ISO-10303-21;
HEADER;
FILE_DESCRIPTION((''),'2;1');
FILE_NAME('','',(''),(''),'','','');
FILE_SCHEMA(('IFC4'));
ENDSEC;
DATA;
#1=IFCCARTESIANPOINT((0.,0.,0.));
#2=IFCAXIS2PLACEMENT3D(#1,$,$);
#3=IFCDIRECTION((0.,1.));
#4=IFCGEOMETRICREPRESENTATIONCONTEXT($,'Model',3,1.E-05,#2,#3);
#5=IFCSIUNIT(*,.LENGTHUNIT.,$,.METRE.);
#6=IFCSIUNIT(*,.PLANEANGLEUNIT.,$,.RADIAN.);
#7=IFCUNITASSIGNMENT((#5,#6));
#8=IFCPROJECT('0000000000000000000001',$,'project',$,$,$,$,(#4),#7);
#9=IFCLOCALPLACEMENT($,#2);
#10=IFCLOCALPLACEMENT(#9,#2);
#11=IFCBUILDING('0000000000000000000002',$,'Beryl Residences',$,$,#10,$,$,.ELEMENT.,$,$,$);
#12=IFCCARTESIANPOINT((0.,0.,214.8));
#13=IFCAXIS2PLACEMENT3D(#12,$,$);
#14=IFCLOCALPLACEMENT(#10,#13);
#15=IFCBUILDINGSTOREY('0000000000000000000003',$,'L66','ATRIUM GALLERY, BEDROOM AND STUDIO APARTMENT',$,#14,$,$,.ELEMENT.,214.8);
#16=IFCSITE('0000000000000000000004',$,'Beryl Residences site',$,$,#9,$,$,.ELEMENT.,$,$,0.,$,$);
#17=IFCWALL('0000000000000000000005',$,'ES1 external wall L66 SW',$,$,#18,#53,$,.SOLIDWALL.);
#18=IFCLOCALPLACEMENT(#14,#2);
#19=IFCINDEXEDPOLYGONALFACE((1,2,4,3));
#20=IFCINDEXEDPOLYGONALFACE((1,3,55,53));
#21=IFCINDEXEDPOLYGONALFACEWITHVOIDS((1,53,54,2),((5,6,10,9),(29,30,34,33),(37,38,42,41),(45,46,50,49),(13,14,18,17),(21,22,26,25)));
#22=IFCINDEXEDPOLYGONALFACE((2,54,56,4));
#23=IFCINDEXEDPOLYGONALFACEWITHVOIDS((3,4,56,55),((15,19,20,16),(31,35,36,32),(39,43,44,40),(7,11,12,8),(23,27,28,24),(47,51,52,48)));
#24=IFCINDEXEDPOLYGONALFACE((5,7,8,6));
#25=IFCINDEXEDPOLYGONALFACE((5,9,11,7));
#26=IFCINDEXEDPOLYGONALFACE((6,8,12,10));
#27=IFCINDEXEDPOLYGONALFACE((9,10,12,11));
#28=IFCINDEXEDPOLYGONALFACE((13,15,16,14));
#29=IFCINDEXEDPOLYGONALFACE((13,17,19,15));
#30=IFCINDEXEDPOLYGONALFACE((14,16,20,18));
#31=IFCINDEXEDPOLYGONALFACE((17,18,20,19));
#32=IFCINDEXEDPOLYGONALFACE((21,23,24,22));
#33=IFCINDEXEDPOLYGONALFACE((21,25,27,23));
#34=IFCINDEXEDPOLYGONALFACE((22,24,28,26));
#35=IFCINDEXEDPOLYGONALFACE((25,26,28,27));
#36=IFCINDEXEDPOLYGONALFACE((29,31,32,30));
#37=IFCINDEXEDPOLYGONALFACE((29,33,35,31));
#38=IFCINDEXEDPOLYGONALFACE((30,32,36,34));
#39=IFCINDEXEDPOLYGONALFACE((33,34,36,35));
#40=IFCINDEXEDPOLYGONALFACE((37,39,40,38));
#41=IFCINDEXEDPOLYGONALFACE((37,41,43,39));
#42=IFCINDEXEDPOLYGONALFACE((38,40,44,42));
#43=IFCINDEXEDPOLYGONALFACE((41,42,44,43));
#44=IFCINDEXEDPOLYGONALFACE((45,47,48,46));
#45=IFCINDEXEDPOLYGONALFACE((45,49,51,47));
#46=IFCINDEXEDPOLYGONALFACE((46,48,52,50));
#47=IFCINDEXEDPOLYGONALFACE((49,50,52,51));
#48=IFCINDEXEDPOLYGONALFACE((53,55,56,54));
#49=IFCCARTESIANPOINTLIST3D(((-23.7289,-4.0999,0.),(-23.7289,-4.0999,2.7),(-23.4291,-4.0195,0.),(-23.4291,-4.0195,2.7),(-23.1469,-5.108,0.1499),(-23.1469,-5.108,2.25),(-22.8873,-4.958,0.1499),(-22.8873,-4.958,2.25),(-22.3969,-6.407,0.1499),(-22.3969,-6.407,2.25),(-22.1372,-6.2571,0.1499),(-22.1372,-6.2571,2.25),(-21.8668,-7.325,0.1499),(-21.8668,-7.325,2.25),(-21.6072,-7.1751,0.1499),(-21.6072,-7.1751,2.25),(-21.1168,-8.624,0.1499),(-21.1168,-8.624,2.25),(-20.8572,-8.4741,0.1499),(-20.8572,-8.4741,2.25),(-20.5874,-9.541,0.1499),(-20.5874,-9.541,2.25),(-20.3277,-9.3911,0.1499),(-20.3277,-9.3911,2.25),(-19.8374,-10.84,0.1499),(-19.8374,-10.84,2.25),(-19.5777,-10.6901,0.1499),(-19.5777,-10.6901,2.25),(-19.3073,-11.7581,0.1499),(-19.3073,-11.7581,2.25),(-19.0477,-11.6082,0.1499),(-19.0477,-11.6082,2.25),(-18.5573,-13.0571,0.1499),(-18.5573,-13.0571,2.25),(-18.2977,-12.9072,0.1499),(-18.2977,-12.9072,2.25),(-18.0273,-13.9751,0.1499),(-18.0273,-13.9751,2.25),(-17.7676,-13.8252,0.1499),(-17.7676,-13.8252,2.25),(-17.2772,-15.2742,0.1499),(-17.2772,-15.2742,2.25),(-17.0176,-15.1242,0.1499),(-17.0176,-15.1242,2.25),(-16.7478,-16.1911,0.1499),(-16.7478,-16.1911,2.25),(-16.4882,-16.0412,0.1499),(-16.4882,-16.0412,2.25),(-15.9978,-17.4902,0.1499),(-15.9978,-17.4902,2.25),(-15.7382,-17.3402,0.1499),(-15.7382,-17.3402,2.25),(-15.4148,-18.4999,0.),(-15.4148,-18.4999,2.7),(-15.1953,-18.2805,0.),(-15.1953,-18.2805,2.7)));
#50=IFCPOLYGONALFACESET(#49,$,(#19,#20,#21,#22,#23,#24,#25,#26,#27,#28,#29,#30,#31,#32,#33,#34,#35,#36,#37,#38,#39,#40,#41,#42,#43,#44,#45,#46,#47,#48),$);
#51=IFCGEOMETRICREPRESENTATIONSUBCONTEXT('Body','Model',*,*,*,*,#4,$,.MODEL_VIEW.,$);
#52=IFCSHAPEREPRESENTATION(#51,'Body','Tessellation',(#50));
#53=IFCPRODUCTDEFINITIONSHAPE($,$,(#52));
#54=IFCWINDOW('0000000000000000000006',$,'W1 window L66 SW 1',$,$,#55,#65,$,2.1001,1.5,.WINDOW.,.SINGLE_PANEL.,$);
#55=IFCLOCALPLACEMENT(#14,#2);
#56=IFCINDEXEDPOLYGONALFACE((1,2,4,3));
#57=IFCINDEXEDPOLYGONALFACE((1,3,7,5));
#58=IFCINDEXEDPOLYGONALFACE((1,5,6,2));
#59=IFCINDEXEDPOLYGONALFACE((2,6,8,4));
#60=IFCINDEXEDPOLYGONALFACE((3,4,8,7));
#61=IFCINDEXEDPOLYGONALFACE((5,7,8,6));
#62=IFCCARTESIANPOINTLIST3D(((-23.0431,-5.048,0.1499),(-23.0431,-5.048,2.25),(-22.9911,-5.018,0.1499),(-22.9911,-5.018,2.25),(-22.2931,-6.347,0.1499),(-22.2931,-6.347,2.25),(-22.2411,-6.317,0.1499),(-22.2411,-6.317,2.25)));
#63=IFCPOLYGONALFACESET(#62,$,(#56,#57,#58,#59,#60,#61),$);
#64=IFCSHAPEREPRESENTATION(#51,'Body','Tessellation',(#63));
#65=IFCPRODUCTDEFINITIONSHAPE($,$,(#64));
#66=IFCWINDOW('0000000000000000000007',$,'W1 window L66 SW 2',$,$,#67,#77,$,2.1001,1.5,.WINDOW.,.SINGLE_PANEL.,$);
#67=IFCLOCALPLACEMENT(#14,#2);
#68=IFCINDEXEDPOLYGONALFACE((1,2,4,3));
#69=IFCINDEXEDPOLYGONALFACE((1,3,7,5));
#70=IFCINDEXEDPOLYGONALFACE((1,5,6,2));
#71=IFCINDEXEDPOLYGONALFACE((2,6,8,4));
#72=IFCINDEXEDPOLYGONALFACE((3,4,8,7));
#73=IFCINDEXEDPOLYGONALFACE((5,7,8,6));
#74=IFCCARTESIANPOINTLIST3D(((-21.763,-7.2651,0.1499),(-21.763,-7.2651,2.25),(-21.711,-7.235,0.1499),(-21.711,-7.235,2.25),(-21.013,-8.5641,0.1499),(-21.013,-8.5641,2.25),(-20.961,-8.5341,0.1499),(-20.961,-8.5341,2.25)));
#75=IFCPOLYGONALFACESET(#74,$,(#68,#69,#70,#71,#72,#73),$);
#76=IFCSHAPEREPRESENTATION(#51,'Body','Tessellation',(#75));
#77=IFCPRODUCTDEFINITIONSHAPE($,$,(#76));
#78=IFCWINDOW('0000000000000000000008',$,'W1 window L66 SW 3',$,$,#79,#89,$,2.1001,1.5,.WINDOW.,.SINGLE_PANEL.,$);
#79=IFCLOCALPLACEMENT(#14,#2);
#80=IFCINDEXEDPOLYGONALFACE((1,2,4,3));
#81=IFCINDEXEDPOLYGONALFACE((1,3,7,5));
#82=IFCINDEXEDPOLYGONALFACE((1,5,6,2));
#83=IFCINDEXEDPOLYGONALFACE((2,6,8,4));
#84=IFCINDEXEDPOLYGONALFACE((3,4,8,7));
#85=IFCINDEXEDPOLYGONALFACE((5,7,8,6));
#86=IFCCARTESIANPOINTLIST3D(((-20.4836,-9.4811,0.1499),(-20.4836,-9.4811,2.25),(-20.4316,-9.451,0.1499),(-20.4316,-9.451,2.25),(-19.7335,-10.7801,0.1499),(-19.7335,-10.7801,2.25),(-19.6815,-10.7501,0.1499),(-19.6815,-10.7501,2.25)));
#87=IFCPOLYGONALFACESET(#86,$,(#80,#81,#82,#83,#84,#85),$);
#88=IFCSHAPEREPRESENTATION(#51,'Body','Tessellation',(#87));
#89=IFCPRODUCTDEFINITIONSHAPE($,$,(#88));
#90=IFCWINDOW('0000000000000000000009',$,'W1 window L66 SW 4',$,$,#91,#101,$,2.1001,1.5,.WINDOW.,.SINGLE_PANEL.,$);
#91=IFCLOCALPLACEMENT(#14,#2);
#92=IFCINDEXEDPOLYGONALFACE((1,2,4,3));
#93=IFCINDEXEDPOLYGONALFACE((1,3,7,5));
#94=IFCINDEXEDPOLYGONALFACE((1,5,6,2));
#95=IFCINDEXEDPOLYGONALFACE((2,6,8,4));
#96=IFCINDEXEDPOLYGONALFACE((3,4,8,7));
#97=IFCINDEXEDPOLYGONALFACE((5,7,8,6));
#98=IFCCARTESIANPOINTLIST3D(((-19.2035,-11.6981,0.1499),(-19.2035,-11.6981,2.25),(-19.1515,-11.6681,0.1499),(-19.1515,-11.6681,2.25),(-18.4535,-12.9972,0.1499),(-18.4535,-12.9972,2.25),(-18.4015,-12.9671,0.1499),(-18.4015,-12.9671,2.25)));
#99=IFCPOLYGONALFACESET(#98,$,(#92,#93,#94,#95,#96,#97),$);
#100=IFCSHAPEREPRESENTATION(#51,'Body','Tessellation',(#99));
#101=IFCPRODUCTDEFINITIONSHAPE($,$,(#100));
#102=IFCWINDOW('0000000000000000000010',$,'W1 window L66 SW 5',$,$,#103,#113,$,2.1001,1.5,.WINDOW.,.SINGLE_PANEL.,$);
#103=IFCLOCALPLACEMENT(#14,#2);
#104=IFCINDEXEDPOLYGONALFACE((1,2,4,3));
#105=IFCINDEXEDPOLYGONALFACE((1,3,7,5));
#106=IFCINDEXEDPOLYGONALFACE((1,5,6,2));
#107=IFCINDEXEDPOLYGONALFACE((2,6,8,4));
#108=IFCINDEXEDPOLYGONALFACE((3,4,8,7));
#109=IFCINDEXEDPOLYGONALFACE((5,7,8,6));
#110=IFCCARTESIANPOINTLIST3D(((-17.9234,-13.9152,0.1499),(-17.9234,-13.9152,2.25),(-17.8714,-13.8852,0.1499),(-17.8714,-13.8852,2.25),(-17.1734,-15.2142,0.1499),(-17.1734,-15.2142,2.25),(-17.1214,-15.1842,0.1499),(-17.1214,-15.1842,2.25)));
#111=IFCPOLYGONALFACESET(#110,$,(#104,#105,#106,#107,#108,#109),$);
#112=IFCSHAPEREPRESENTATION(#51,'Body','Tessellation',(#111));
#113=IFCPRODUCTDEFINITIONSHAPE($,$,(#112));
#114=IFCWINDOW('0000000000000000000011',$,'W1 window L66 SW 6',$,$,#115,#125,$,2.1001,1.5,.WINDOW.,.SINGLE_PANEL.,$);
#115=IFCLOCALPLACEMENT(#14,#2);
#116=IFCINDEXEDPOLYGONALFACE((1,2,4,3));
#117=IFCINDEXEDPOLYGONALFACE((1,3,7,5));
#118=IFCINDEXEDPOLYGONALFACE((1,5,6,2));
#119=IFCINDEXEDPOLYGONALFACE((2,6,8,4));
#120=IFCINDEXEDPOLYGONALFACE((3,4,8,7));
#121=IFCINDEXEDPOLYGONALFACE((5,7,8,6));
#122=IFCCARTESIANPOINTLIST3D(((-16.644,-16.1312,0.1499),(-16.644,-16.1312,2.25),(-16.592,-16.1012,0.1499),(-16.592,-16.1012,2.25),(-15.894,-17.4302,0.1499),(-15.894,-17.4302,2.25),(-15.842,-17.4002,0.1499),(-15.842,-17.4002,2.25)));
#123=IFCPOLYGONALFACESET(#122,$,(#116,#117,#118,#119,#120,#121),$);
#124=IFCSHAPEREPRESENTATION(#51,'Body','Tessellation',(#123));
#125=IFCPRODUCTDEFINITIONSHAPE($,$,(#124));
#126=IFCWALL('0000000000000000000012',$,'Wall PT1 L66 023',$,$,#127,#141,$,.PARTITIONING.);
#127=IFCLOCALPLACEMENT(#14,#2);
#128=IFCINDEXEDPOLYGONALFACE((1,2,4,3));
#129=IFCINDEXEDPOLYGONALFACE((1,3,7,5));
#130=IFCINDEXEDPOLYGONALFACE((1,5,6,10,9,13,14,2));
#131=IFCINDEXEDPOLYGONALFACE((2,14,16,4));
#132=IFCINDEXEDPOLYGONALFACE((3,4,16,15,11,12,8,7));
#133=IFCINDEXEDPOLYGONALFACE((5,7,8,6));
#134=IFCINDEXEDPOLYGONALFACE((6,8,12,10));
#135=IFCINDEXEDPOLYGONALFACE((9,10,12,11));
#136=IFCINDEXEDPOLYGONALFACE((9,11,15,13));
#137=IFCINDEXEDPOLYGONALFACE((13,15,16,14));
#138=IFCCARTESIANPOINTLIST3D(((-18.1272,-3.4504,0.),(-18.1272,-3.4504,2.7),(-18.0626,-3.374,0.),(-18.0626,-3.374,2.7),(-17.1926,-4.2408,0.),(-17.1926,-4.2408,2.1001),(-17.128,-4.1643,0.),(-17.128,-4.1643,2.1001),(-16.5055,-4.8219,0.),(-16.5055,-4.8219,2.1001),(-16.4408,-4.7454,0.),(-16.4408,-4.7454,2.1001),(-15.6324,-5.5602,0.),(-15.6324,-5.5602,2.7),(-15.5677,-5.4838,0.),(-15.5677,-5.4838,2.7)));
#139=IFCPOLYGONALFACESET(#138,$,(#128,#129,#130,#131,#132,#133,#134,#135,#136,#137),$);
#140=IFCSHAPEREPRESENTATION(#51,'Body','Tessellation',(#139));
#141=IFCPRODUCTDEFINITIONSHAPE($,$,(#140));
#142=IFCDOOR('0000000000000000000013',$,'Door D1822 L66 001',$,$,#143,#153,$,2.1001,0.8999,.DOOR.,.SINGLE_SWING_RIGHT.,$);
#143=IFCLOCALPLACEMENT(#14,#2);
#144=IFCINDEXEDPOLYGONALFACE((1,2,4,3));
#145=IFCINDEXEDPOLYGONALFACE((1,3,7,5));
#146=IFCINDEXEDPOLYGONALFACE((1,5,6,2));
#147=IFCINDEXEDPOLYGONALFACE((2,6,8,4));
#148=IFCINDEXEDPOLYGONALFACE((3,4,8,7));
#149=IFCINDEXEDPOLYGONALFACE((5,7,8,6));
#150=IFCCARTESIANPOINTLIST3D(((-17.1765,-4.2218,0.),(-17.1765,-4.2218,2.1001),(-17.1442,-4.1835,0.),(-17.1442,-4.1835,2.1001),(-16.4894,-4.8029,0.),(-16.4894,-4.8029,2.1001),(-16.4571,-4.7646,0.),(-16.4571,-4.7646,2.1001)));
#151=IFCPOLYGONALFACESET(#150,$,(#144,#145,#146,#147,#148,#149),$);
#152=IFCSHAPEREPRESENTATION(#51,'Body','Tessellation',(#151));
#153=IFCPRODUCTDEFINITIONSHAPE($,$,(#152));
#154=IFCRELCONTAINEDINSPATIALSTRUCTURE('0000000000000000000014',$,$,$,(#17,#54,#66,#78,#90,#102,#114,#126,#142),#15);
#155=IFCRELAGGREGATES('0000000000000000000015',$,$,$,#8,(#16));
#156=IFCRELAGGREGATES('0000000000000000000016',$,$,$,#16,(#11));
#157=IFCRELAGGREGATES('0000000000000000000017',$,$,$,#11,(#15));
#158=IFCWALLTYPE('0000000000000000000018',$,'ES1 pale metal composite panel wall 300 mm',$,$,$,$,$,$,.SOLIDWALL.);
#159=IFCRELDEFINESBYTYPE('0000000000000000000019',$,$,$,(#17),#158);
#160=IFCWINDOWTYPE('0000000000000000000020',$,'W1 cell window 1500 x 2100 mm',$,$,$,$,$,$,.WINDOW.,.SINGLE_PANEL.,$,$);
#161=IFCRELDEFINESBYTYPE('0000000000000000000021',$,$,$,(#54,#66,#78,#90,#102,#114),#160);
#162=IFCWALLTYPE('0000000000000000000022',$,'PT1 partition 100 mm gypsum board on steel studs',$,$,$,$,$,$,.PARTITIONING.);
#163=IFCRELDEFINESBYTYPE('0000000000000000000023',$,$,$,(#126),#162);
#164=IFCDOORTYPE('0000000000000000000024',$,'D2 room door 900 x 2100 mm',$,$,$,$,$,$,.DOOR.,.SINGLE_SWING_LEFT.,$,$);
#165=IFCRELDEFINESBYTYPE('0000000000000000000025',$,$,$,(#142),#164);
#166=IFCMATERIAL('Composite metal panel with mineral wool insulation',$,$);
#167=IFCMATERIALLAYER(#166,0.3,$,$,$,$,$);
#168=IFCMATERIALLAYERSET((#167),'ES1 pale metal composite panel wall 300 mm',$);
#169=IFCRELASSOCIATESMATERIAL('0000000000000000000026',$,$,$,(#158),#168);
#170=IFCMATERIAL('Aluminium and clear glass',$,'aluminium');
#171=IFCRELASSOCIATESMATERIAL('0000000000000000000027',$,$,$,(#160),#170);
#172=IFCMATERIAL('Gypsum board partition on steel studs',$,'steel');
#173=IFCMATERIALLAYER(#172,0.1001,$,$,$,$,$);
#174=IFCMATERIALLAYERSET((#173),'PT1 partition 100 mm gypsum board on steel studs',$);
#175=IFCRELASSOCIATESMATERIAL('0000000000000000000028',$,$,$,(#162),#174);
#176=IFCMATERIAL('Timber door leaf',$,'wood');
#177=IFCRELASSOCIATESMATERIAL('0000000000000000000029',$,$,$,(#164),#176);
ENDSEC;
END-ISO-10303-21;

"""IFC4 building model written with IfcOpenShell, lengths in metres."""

from ifc_helpers import new_model, si_unit, direction, frame, frame_2d, origin, place, context, subcontext, project, spatial, polyline, rectangle, outline, extrude, material, layer, layer_set, type_object, element, fill, save


model = new_model("IFC4")

# Units and contexts
model_context = context("Model", 3, precision=1e-05, world=origin(), true_north=direction((0.0, 1.0)))
body_context = subcontext(model_context, "Body", "Model", "MODEL_VIEW")
ifc_project = project(units=[si_unit("LENGTHUNIT", "METRE"), si_unit("PLANEANGLEUNIT", "RADIAN")], contexts=[model_context])

# Site, building, storey
site_placement = place(None, origin())
site = spatial("IfcSite", under=ifc_project, at=site_placement, Name="Beryl Residences site", CompositionType="ELEMENT", RefElevation=0.0)
building_placement = place(site_placement, origin())
building = spatial("IfcBuilding", under=site, at=building_placement, Name="Beryl Residences", CompositionType="ELEMENT")
storey_placement = place(building_placement, frame((0.0, 0.0, 214.8)))
storey = spatial("IfcBuildingStorey", under=building, at=storey_placement, Name="L66", Description="ATRIUM GALLERY, BEDROOM AND STUDIO APARTMENT", CompositionType="ELEMENT", Elevation=214.8)

# Wall, openings, windows
ifc_material_1 = material(Name="Composite metal panel with mineral wool insulation")
ifc_layer_1 = layer(ifc_material_1, 0.3)
ifc_layer_set_1 = layer_set([ifc_layer_1], Name="ES1 pale metal composite panel wall 300 mm")
wall_type_1 = type_object("IfcWallType", Name="ES1 pale metal composite panel wall 300 mm", PredefinedType="SOLIDWALL", material=ifc_layer_set_1)
wall_1_placement = place(storey_placement, frame((-23.5991, -4.0249, 0.0), z_axis=(0.0, 0.0, 1.0), x_axis=(0.500013, -0.866018, 0.0)))
wall_1 = element("IfcWall", 1, at=wall_1_placement, inside=storey, type_object=wall_type_1, Name="ES1 external wall L66 SW", PredefinedType="SOLIDWALL", context=body_context, shape_type="SweptSolid", body=[
    extrude(outline(polyline([(0.0, -0.1499), (16.6279, -0.1499), (16.5476, 0.1499), (0.0803, 0.1499), (0.0, -0.1499)])), origin(), (0.0, 0.0, 1.0), 2.7),
])
opening_1_placement = place(wall_1_placement, frame((1.1641, 0.0, 0.1499)))
opening_1 = element("IfcOpeningElement", 2, at=opening_1_placement, cuts=wall_1, PredefinedType="OPENING", context=body_context, shape_type="SweptSolid", body=[
    extrude(rectangle(XDim=1.5, YDim=2.1001, at=frame_2d((0.75, 1.05))), frame((0.0, 0.1599, 0.0), z_axis=(0.0, -1.0, 0.0), x_axis=(1.0, 0.0, 0.0)), (0.0, 0.0, 1.0), 0.3201),
])
opening_2_placement = place(wall_1_placement, frame((3.7241, 0.0, 0.1499)))
opening_2 = element("IfcOpeningElement", 3, at=opening_2_placement, cuts=wall_1, PredefinedType="OPENING", context=body_context, shape_type="SweptSolid", body=[
    extrude(rectangle(XDim=1.5, YDim=2.1001, at=frame_2d((0.75, 1.05))), frame((0.0, 0.1599, 0.0), z_axis=(0.0, -1.0, 0.0), x_axis=(1.0, 0.0, 0.0)), (0.0, 0.0, 1.0), 0.3201),
])
opening_3_placement = place(wall_1_placement, frame((6.283, 0.0, 0.1499)))
opening_3 = element("IfcOpeningElement", 4, at=opening_3_placement, cuts=wall_1, PredefinedType="OPENING", context=body_context, shape_type="SweptSolid", body=[
    extrude(rectangle(XDim=1.5, YDim=2.1001, at=frame_2d((0.75, 1.05))), frame((0.0, 0.1599, 0.0), z_axis=(0.0, -1.0, 0.0), x_axis=(1.0, 0.0, 0.0)), (0.0, 0.0, 1.0), 0.3201),
])
opening_4_placement = place(wall_1_placement, frame((8.843, 0.0, 0.1499)))
opening_4 = element("IfcOpeningElement", 5, at=opening_4_placement, cuts=wall_1, PredefinedType="OPENING", context=body_context, shape_type="SweptSolid", body=[
    extrude(rectangle(XDim=1.5, YDim=2.1001, at=frame_2d((0.75, 1.05))), frame((0.0, 0.1599, 0.0), z_axis=(0.0, -1.0, 0.0), x_axis=(1.0, 0.0, 0.0)), (0.0, 0.0, 1.0), 0.3201),
])
opening_5_placement = place(wall_1_placement, frame((11.4031, 0.0, 0.1499)))
opening_5 = element("IfcOpeningElement", 6, at=opening_5_placement, cuts=wall_1, PredefinedType="OPENING", context=body_context, shape_type="SweptSolid", body=[
    extrude(rectangle(XDim=1.5, YDim=2.1001, at=frame_2d((0.75, 1.05))), frame((0.0, 0.1599, 0.0), z_axis=(0.0, -1.0, 0.0), x_axis=(1.0, 0.0, 0.0)), (0.0, 0.0, 1.0), 0.3201),
])
opening_6_placement = place(wall_1_placement, frame((13.9619, 0.0, 0.1499)))
opening_6 = element("IfcOpeningElement", 7, at=opening_6_placement, cuts=wall_1, PredefinedType="OPENING", context=body_context, shape_type="SweptSolid", body=[
    extrude(rectangle(XDim=1.5, YDim=2.1001, at=frame_2d((0.75, 1.05))), frame((0.0, 0.1599, 0.0), z_axis=(0.0, -1.0, 0.0), x_axis=(1.0, 0.0, 0.0)), (0.0, 0.0, 1.0), 0.3201),
])
ifc_material_2 = material(Name="Aluminium and clear glass", Category="aluminium")
window_type = type_object("IfcWindowType", Name="W1 cell window 1500 x 2100 mm", PartitioningType="SINGLE_PANEL", PredefinedType="WINDOW", material=ifc_material_2)
window_1_placement = place(opening_1_placement, origin())
window_1 = element("IfcWindow", 8, at=window_1_placement, inside=storey, type_object=window_type, Name="W1 window L66 SW 1", OverallHeight=2.1001, OverallWidth=1.5, PartitioningType="SINGLE_PANEL", PredefinedType="WINDOW", context=body_context, shape_type="SweptSolid", body=[
    extrude(rectangle(XDim=1.5, YDim=2.1001, at=frame_2d((0.75, 1.05))), frame((0.0, 0.03, 0.0), z_axis=(0.0, -1.0, 0.0), x_axis=(1.0, 0.0, 0.0)), (0.0, 0.0, 1.0), 0.0601),
])
fill(opening_1, window_1)
window_2_placement = place(opening_2_placement, origin())
window_2 = element("IfcWindow", 9, at=window_2_placement, inside=storey, type_object=window_type, Name="W1 window L66 SW 2", OverallHeight=2.1001, OverallWidth=1.5, PartitioningType="SINGLE_PANEL", PredefinedType="WINDOW", context=body_context, shape_type="SweptSolid", body=[
    extrude(rectangle(XDim=1.5, YDim=2.1001, at=frame_2d((0.75, 1.05))), frame((0.0, 0.03, 0.0), z_axis=(0.0, -1.0, 0.0), x_axis=(1.0, 0.0, 0.0)), (0.0, 0.0, 1.0), 0.0601),
])
fill(opening_2, window_2)
window_3_placement = place(opening_3_placement, origin())
window_3 = element("IfcWindow", 10, at=window_3_placement, inside=storey, type_object=window_type, Name="W1 window L66 SW 3", OverallHeight=2.1001, OverallWidth=1.5, PartitioningType="SINGLE_PANEL", PredefinedType="WINDOW", context=body_context, shape_type="SweptSolid", body=[
    extrude(rectangle(XDim=1.5, YDim=2.1001, at=frame_2d((0.75, 1.05))), frame((0.0, 0.03, 0.0), z_axis=(0.0, -1.0, 0.0), x_axis=(1.0, 0.0, 0.0)), (0.0, 0.0, 1.0), 0.0601),
])
fill(opening_3, window_3)
window_4_placement = place(opening_4_placement, origin())
window_4 = element("IfcWindow", 11, at=window_4_placement, inside=storey, type_object=window_type, Name="W1 window L66 SW 4", OverallHeight=2.1001, OverallWidth=1.5, PartitioningType="SINGLE_PANEL", PredefinedType="WINDOW", context=body_context, shape_type="SweptSolid", body=[
    extrude(rectangle(XDim=1.5, YDim=2.1001, at=frame_2d((0.75, 1.05))), frame((0.0, 0.03, 0.0), z_axis=(0.0, -1.0, 0.0), x_axis=(1.0, 0.0, 0.0)), (0.0, 0.0, 1.0), 0.0601),
])
fill(opening_4, window_4)
window_5_placement = place(opening_5_placement, origin())
window_5 = element("IfcWindow", 12, at=window_5_placement, inside=storey, type_object=window_type, Name="W1 window L66 SW 5", OverallHeight=2.1001, OverallWidth=1.5, PartitioningType="SINGLE_PANEL", PredefinedType="WINDOW", context=body_context, shape_type="SweptSolid", body=[
    extrude(rectangle(XDim=1.5, YDim=2.1001, at=frame_2d((0.75, 1.05))), frame((0.0, 0.03, 0.0), z_axis=(0.0, -1.0, 0.0), x_axis=(1.0, 0.0, 0.0)), (0.0, 0.0, 1.0), 0.0601),
])
fill(opening_5, window_5)
window_6_placement = place(opening_6_placement, origin())
window_6 = element("IfcWindow", 13, at=window_6_placement, inside=storey, type_object=window_type, Name="W1 window L66 SW 6", OverallHeight=2.1001, OverallWidth=1.5, PartitioningType="SINGLE_PANEL", PredefinedType="WINDOW", context=body_context, shape_type="SweptSolid", body=[
    extrude(rectangle(XDim=1.5, YDim=2.1001, at=frame_2d((0.75, 1.05))), frame((0.0, 0.03, 0.0), z_axis=(0.0, -1.0, 0.0), x_axis=(1.0, 0.0, 0.0)), (0.0, 0.0, 1.0), 0.0601),
])
fill(opening_6, window_6)

# Wall, opening, door
ifc_material_3 = material(Name="Gypsum board partition on steel studs", Category="steel")
ifc_layer_2 = layer(ifc_material_3, 0.1001)
ifc_layer_set_2 = layer_set([ifc_layer_2], Name="PT1 partition 100 mm gypsum board on steel studs")
wall_type_2 = type_object("IfcWallType", Name="PT1 partition 100 mm gypsum board on steel studs", PredefinedType="PARTITIONING", material=ifc_layer_set_2)
wall_2_placement = place(storey_placement, frame((-18.095, -3.4121, 0.0), z_axis=(0.0, 0.0, 1.0), x_axis=(0.763565, -0.645731, 0.0)))
wall_2 = element("IfcWall", 14, at=wall_2_placement, inside=storey, type_object=wall_type_2, Name="Wall PT1 L66 023", PredefinedType="PARTITIONING", context=body_context, shape_type="SweptSolid", body=[
    extrude(rectangle(XDim=3.2673, YDim=0.1001, at=frame_2d((1.6338, 0.0))), origin(), (0.0, 0.0, 1.0), 2.7),
])
opening_7_placement = place(wall_2_placement, frame((1.2241, 0.0, 0.0)))
opening_7 = element("IfcOpeningElement", 15, at=opening_7_placement, cuts=wall_2, PredefinedType="OPENING", context=body_context, shape_type="SweptSolid", body=[
    extrude(rectangle(XDim=0.8999, YDim=2.1001, at=frame_2d((0.45, 1.05))), frame((0.0, 0.0601, 0.0), z_axis=(0.0, -1.0, 0.0), x_axis=(1.0, 0.0, 0.0)), (0.0, 0.0, 1.0), 0.1201),
])
ifc_material_4 = material(Name="Timber door leaf", Category="wood")
door_type_1 = type_object("IfcDoorType", Name="D2 room door 900 x 2100 mm", OperationType="SINGLE_SWING_LEFT", PredefinedType="DOOR", material=ifc_material_4)
door_1_placement = place(opening_7_placement, origin())
door_1 = element("IfcDoor", 16, at=door_1_placement, inside=storey, type_object=door_type_1, Name="Door D1822 L66 001", OperationType="SINGLE_SWING_RIGHT", OverallHeight=2.1001, OverallWidth=0.8999, PredefinedType="DOOR", context=body_context, shape_type="SweptSolid", body=[
    extrude(rectangle(XDim=0.8999, YDim=2.1001, at=frame_2d((0.45, 1.05))), frame((0.0, 0.0249, 0.0), z_axis=(0.0, -1.0, 0.0), x_axis=(1.0, 0.0, 0.0)), (0.0, 0.0, 1.0), 0.05),
])
fill(opening_7, door_1)

save(model, "model.ifc")
